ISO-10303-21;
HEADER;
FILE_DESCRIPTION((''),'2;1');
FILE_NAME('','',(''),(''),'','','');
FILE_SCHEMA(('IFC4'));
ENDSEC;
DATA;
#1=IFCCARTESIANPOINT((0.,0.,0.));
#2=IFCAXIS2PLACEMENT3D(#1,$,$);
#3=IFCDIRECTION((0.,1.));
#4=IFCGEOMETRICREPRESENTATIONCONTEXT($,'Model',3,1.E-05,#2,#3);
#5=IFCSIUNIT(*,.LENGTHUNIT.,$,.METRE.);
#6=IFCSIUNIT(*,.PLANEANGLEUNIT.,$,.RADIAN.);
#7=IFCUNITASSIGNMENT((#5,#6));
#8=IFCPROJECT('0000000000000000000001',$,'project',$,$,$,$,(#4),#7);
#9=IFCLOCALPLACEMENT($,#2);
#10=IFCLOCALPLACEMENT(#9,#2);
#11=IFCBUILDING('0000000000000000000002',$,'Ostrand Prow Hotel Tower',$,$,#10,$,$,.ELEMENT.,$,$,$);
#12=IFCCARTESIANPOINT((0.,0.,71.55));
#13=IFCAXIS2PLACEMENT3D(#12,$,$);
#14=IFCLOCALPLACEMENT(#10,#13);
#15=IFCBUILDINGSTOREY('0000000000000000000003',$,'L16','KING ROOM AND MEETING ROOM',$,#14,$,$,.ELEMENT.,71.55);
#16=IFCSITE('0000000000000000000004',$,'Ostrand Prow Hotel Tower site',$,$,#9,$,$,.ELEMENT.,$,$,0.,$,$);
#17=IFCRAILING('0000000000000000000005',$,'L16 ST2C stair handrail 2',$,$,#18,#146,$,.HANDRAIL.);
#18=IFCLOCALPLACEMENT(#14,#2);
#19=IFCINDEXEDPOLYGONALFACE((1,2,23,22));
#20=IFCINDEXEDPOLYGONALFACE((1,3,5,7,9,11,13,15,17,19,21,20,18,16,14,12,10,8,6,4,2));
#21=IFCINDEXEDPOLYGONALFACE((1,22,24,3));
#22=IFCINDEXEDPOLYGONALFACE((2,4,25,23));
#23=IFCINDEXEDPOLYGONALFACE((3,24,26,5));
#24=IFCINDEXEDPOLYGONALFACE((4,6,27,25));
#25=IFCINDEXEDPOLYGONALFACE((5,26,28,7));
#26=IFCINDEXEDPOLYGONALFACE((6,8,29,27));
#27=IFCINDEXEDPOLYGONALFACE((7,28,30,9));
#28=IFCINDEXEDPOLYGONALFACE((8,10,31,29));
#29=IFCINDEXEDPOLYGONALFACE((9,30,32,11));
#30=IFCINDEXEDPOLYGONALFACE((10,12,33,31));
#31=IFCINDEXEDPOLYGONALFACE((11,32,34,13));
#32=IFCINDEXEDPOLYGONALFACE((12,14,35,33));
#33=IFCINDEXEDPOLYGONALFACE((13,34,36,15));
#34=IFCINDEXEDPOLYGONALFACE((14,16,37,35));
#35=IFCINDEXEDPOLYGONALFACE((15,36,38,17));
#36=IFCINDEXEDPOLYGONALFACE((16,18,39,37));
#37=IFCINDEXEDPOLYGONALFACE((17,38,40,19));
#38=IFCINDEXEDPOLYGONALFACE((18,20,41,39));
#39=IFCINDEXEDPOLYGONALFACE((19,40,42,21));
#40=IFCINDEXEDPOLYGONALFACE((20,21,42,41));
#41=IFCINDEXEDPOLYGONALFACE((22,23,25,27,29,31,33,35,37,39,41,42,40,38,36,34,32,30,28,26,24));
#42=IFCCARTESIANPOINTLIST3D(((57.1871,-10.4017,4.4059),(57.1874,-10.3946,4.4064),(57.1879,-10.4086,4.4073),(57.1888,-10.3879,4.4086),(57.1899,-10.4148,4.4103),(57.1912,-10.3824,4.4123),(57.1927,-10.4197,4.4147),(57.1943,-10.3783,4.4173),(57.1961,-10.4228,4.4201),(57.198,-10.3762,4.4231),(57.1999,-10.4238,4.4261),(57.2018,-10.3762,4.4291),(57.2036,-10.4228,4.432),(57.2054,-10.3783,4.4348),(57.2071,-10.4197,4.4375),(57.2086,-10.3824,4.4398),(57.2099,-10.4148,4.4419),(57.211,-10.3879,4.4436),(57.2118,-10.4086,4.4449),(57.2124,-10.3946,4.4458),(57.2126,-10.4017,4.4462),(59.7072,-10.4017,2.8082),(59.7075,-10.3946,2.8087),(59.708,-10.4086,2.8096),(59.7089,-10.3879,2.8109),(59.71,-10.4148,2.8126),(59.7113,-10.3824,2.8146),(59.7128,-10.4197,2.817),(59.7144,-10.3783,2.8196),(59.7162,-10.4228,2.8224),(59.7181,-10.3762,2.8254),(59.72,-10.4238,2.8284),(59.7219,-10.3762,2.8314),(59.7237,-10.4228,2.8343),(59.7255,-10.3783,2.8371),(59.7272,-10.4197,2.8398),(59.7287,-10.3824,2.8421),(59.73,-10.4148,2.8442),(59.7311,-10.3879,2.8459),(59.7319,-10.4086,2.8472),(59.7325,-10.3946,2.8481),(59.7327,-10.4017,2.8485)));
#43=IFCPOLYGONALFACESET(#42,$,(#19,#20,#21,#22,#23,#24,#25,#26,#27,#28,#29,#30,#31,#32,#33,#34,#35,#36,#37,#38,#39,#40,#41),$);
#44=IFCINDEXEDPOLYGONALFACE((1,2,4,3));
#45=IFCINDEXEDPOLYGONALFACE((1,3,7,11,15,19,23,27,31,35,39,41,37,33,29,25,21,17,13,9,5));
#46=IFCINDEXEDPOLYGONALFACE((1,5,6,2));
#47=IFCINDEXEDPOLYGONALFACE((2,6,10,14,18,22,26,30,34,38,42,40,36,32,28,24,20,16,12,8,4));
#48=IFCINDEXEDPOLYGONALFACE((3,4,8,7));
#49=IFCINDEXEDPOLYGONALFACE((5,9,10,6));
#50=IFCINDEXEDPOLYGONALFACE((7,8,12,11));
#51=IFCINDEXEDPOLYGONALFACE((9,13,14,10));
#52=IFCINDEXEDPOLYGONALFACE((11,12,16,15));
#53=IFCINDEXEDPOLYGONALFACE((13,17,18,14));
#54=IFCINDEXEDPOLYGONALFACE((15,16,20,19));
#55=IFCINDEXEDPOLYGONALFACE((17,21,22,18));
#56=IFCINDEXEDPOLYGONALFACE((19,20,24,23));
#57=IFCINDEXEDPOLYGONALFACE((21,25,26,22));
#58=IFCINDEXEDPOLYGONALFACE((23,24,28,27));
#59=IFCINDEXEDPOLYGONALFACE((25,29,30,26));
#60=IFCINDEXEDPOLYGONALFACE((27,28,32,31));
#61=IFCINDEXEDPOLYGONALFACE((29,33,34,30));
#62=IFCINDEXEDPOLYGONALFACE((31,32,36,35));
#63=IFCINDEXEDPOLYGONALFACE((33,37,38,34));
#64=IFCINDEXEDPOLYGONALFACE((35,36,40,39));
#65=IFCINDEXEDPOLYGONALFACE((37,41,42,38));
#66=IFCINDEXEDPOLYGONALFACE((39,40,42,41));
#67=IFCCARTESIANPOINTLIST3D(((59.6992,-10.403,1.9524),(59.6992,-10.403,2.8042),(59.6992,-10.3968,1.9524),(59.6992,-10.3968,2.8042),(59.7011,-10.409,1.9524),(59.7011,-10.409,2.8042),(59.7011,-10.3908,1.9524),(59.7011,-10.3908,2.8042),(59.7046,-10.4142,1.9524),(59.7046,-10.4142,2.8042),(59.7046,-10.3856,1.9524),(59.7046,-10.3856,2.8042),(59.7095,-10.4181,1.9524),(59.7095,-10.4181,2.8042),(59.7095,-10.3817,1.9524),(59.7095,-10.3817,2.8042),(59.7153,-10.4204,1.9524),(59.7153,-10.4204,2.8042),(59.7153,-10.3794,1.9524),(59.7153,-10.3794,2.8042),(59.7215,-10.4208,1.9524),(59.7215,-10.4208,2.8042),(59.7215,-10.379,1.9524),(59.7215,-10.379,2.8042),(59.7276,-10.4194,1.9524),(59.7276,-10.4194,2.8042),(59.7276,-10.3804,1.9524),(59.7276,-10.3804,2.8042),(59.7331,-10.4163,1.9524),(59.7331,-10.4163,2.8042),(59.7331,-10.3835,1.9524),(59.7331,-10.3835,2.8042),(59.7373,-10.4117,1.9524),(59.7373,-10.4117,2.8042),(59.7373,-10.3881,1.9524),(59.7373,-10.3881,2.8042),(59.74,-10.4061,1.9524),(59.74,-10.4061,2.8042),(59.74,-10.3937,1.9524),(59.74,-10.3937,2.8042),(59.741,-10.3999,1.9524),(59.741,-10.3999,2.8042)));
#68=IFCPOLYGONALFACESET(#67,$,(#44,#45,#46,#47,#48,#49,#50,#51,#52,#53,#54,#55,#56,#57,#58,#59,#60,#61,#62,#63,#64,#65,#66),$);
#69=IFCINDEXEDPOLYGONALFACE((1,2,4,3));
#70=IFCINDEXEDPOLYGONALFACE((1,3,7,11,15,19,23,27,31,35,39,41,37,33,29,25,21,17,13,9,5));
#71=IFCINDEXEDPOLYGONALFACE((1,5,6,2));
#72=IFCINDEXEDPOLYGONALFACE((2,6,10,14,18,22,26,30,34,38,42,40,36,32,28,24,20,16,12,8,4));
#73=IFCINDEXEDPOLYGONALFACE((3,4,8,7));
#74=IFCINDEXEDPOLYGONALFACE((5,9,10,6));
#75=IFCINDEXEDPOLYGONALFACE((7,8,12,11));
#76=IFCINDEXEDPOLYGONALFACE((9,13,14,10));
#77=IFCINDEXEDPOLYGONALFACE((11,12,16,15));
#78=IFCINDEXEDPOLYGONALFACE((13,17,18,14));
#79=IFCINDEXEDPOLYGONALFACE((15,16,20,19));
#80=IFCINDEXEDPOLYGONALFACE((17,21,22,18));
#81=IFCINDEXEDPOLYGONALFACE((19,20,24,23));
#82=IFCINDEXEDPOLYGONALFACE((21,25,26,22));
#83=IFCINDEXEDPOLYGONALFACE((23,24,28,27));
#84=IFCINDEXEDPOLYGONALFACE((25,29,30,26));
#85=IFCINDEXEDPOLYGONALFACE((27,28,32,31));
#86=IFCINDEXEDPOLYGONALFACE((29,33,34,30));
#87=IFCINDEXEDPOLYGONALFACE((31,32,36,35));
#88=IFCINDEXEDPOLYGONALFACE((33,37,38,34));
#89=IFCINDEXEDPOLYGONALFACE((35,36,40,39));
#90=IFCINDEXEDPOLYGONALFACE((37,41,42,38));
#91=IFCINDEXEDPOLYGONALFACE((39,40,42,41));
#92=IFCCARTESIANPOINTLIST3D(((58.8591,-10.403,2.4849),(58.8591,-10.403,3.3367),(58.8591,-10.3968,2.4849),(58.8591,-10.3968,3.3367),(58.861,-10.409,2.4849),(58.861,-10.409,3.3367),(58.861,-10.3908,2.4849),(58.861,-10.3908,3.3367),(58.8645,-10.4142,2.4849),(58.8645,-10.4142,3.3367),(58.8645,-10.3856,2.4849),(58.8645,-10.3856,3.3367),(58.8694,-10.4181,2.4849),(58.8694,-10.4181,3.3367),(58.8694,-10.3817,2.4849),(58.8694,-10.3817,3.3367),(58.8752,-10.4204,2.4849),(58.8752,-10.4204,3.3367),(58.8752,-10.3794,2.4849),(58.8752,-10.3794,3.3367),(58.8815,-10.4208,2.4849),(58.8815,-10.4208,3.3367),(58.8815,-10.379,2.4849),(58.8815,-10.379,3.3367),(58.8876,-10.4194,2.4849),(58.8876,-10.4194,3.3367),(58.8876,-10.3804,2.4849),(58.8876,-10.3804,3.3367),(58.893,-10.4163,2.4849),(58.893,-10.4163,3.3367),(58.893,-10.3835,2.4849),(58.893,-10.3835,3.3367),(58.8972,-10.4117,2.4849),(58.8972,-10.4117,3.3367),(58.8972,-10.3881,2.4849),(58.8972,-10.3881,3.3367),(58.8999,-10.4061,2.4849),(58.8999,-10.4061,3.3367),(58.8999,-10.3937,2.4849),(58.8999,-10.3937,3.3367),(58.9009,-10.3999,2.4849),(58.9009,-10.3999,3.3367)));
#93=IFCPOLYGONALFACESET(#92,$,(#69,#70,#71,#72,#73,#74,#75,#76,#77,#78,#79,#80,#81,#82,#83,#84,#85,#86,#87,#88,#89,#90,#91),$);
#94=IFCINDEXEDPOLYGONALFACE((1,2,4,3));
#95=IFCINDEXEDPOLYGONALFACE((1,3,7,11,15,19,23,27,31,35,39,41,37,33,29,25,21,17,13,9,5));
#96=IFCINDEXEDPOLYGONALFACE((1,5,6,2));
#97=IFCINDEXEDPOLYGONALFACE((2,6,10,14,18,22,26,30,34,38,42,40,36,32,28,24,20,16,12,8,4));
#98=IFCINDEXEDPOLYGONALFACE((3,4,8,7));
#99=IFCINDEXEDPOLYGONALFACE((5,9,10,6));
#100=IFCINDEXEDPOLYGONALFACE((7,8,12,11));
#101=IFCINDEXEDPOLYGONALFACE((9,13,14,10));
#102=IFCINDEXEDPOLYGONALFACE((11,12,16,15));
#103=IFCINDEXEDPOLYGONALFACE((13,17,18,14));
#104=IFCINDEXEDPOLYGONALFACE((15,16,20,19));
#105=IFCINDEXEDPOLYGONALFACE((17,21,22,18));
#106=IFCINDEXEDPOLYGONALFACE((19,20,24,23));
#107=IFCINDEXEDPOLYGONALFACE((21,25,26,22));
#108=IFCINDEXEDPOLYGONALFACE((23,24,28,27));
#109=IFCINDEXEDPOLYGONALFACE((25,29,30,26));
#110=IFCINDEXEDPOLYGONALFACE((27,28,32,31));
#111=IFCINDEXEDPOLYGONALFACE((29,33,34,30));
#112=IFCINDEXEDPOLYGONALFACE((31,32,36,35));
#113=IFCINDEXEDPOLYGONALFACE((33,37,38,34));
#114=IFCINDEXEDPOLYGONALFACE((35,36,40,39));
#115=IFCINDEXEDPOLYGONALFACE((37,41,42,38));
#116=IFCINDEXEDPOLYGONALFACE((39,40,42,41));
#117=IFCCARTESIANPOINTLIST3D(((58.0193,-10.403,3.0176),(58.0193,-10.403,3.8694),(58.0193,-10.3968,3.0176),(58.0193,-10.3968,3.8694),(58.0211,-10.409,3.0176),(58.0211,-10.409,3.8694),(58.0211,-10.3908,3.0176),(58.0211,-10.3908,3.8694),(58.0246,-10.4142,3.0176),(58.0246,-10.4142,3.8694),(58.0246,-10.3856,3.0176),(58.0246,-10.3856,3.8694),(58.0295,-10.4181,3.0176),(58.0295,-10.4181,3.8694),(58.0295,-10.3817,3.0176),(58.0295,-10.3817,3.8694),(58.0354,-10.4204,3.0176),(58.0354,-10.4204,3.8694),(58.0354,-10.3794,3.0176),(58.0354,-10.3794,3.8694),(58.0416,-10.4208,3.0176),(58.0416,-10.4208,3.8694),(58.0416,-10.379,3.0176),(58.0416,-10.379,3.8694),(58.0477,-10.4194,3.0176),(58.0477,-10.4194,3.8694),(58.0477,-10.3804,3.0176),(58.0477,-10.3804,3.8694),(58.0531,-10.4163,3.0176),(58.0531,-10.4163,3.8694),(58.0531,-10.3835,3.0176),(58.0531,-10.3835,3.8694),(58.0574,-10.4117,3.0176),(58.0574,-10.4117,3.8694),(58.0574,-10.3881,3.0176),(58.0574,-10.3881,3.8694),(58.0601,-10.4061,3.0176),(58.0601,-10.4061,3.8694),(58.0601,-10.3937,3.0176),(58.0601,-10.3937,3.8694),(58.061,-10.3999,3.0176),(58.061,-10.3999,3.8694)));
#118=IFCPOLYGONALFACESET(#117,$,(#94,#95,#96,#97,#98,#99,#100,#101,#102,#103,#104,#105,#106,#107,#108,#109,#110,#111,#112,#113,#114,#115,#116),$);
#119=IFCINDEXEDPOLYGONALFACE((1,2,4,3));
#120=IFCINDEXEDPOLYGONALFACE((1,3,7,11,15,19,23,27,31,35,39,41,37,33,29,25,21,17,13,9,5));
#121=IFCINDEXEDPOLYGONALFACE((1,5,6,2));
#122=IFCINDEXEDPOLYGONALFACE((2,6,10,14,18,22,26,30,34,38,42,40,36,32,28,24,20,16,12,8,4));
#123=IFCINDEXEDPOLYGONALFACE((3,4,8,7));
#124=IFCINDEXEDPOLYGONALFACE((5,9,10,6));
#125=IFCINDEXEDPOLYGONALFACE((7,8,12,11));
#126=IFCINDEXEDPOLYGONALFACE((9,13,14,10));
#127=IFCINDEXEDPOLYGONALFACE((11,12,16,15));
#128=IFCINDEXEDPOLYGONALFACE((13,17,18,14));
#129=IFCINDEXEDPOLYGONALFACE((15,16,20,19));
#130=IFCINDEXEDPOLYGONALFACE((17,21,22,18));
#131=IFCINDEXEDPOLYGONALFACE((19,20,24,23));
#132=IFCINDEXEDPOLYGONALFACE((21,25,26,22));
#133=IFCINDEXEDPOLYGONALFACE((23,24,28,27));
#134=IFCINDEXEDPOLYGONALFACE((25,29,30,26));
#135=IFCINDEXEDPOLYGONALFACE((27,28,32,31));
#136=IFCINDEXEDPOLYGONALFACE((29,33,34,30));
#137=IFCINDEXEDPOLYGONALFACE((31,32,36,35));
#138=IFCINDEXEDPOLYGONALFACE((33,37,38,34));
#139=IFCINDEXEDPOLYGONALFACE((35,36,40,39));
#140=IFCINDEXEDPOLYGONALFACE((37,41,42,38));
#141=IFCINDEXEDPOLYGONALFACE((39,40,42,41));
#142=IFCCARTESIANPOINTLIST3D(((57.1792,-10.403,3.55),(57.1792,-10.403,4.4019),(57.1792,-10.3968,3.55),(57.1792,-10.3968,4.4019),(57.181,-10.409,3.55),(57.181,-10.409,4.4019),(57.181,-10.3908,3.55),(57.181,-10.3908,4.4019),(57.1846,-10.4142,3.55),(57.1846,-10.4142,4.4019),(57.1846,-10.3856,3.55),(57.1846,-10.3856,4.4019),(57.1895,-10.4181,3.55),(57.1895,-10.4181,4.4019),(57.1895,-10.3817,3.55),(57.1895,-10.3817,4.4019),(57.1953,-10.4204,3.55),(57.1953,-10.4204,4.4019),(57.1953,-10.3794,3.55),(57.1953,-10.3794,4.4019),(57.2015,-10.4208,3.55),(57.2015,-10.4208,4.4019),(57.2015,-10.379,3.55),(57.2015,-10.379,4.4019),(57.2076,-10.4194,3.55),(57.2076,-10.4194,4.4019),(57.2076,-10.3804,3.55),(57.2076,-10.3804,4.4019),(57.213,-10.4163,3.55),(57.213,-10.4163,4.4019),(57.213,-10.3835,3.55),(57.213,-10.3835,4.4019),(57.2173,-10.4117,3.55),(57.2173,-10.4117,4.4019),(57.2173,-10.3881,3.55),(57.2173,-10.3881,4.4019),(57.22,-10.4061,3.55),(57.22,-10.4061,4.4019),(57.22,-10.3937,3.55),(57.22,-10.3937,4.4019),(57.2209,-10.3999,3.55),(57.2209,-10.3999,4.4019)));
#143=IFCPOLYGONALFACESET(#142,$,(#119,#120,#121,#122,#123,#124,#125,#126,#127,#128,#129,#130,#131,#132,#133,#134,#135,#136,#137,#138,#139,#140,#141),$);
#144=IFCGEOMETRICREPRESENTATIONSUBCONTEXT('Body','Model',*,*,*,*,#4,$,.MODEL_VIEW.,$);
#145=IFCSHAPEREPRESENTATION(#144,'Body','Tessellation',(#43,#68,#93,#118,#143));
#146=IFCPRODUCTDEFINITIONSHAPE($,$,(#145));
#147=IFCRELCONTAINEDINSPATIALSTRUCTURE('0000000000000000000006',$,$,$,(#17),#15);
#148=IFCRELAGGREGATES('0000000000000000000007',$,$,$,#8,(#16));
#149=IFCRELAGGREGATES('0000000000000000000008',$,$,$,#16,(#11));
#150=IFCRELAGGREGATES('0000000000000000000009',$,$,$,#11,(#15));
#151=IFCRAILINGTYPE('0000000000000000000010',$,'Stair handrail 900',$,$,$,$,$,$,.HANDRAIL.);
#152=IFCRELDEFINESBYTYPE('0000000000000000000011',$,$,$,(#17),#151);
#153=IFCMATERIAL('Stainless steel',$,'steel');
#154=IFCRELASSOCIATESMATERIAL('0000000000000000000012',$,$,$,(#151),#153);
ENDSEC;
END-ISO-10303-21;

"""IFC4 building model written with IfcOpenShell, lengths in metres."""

from ifc_helpers import new_model, si_unit, direction, frame, origin, origin_2d, place, context, subcontext, project, spatial, circle, extrude, material, type_object, element, save


model = new_model("IFC4")

# Units and contexts
model_context = context("Model", 3, precision=1e-05, world=origin(), true_north=direction((0.0, 1.0)))
body_context = subcontext(model_context, "Body", "Model", "MODEL_VIEW")
ifc_project = project(units=[si_unit("LENGTHUNIT", "METRE"), si_unit("PLANEANGLEUNIT", "RADIAN")], contexts=[model_context])

# Site, building, storey
site_placement = place(None, origin())
site = spatial("IfcSite", under=ifc_project, at=site_placement, Name="Ostrand Prow Hotel Tower site", CompositionType="ELEMENT", RefElevation=0.0)
building_placement = place(site_placement, origin())
building = spatial("IfcBuilding", under=site, at=building_placement, Name="Ostrand Prow Hotel Tower", CompositionType="ELEMENT")
storey_placement = place(building_placement, frame((0.0, 0.0, 71.55)))
storey = spatial("IfcBuildingStorey", under=building, at=storey_placement, Name="L16", Description="KING ROOM AND MEETING ROOM", CompositionType="ELEMENT", Elevation=71.55)

# Railing
ifc_material_1 = material(Name="Stainless steel", Category="steel")
railing_type_1 = type_object("IfcRailingType", Name="Stair handrail 900", PredefinedType="HANDRAIL", material=ifc_material_1)
railing_1_placement = place(storey_placement, frame((59.72, -10.3999, 1.9524)))
element("IfcRailing", 1, at=railing_1_placement, inside=storey, type_object=railing_type_1, Name="L16 ST2C stair handrail 2", PredefinedType="HANDRAIL", context=body_context, shape_type="SweptSolid", body=[
    extrude(circle(Radius=0.0239, at=origin_2d()), frame((0.0, 0.0, 0.876), z_axis=(-0.84457, 0.0, 0.535445), x_axis=(0.0, -1.0, 0.0)), (0.0, 0.0, 1.0), 2.9839),
    extrude(circle(Radius=0.021, at=origin_2d()), origin(), (0.0, 0.0, 1.0), 0.8518),
    extrude(circle(Radius=0.021, at=origin_2d()), frame((-0.8401, 0.0, 0.5325)), (0.0, 0.0, 1.0), 0.8518),
    extrude(circle(Radius=0.021, at=origin_2d()), frame((-1.6799, 0.0, 1.0652)), (0.0, 0.0, 1.0), 0.8518),
    extrude(circle(Radius=0.021, at=origin_2d()), frame((-2.52, 0.0, 1.5977)), (0.0, 0.0, 1.0), 0.8518),
])

save(model, "model.ifc")
